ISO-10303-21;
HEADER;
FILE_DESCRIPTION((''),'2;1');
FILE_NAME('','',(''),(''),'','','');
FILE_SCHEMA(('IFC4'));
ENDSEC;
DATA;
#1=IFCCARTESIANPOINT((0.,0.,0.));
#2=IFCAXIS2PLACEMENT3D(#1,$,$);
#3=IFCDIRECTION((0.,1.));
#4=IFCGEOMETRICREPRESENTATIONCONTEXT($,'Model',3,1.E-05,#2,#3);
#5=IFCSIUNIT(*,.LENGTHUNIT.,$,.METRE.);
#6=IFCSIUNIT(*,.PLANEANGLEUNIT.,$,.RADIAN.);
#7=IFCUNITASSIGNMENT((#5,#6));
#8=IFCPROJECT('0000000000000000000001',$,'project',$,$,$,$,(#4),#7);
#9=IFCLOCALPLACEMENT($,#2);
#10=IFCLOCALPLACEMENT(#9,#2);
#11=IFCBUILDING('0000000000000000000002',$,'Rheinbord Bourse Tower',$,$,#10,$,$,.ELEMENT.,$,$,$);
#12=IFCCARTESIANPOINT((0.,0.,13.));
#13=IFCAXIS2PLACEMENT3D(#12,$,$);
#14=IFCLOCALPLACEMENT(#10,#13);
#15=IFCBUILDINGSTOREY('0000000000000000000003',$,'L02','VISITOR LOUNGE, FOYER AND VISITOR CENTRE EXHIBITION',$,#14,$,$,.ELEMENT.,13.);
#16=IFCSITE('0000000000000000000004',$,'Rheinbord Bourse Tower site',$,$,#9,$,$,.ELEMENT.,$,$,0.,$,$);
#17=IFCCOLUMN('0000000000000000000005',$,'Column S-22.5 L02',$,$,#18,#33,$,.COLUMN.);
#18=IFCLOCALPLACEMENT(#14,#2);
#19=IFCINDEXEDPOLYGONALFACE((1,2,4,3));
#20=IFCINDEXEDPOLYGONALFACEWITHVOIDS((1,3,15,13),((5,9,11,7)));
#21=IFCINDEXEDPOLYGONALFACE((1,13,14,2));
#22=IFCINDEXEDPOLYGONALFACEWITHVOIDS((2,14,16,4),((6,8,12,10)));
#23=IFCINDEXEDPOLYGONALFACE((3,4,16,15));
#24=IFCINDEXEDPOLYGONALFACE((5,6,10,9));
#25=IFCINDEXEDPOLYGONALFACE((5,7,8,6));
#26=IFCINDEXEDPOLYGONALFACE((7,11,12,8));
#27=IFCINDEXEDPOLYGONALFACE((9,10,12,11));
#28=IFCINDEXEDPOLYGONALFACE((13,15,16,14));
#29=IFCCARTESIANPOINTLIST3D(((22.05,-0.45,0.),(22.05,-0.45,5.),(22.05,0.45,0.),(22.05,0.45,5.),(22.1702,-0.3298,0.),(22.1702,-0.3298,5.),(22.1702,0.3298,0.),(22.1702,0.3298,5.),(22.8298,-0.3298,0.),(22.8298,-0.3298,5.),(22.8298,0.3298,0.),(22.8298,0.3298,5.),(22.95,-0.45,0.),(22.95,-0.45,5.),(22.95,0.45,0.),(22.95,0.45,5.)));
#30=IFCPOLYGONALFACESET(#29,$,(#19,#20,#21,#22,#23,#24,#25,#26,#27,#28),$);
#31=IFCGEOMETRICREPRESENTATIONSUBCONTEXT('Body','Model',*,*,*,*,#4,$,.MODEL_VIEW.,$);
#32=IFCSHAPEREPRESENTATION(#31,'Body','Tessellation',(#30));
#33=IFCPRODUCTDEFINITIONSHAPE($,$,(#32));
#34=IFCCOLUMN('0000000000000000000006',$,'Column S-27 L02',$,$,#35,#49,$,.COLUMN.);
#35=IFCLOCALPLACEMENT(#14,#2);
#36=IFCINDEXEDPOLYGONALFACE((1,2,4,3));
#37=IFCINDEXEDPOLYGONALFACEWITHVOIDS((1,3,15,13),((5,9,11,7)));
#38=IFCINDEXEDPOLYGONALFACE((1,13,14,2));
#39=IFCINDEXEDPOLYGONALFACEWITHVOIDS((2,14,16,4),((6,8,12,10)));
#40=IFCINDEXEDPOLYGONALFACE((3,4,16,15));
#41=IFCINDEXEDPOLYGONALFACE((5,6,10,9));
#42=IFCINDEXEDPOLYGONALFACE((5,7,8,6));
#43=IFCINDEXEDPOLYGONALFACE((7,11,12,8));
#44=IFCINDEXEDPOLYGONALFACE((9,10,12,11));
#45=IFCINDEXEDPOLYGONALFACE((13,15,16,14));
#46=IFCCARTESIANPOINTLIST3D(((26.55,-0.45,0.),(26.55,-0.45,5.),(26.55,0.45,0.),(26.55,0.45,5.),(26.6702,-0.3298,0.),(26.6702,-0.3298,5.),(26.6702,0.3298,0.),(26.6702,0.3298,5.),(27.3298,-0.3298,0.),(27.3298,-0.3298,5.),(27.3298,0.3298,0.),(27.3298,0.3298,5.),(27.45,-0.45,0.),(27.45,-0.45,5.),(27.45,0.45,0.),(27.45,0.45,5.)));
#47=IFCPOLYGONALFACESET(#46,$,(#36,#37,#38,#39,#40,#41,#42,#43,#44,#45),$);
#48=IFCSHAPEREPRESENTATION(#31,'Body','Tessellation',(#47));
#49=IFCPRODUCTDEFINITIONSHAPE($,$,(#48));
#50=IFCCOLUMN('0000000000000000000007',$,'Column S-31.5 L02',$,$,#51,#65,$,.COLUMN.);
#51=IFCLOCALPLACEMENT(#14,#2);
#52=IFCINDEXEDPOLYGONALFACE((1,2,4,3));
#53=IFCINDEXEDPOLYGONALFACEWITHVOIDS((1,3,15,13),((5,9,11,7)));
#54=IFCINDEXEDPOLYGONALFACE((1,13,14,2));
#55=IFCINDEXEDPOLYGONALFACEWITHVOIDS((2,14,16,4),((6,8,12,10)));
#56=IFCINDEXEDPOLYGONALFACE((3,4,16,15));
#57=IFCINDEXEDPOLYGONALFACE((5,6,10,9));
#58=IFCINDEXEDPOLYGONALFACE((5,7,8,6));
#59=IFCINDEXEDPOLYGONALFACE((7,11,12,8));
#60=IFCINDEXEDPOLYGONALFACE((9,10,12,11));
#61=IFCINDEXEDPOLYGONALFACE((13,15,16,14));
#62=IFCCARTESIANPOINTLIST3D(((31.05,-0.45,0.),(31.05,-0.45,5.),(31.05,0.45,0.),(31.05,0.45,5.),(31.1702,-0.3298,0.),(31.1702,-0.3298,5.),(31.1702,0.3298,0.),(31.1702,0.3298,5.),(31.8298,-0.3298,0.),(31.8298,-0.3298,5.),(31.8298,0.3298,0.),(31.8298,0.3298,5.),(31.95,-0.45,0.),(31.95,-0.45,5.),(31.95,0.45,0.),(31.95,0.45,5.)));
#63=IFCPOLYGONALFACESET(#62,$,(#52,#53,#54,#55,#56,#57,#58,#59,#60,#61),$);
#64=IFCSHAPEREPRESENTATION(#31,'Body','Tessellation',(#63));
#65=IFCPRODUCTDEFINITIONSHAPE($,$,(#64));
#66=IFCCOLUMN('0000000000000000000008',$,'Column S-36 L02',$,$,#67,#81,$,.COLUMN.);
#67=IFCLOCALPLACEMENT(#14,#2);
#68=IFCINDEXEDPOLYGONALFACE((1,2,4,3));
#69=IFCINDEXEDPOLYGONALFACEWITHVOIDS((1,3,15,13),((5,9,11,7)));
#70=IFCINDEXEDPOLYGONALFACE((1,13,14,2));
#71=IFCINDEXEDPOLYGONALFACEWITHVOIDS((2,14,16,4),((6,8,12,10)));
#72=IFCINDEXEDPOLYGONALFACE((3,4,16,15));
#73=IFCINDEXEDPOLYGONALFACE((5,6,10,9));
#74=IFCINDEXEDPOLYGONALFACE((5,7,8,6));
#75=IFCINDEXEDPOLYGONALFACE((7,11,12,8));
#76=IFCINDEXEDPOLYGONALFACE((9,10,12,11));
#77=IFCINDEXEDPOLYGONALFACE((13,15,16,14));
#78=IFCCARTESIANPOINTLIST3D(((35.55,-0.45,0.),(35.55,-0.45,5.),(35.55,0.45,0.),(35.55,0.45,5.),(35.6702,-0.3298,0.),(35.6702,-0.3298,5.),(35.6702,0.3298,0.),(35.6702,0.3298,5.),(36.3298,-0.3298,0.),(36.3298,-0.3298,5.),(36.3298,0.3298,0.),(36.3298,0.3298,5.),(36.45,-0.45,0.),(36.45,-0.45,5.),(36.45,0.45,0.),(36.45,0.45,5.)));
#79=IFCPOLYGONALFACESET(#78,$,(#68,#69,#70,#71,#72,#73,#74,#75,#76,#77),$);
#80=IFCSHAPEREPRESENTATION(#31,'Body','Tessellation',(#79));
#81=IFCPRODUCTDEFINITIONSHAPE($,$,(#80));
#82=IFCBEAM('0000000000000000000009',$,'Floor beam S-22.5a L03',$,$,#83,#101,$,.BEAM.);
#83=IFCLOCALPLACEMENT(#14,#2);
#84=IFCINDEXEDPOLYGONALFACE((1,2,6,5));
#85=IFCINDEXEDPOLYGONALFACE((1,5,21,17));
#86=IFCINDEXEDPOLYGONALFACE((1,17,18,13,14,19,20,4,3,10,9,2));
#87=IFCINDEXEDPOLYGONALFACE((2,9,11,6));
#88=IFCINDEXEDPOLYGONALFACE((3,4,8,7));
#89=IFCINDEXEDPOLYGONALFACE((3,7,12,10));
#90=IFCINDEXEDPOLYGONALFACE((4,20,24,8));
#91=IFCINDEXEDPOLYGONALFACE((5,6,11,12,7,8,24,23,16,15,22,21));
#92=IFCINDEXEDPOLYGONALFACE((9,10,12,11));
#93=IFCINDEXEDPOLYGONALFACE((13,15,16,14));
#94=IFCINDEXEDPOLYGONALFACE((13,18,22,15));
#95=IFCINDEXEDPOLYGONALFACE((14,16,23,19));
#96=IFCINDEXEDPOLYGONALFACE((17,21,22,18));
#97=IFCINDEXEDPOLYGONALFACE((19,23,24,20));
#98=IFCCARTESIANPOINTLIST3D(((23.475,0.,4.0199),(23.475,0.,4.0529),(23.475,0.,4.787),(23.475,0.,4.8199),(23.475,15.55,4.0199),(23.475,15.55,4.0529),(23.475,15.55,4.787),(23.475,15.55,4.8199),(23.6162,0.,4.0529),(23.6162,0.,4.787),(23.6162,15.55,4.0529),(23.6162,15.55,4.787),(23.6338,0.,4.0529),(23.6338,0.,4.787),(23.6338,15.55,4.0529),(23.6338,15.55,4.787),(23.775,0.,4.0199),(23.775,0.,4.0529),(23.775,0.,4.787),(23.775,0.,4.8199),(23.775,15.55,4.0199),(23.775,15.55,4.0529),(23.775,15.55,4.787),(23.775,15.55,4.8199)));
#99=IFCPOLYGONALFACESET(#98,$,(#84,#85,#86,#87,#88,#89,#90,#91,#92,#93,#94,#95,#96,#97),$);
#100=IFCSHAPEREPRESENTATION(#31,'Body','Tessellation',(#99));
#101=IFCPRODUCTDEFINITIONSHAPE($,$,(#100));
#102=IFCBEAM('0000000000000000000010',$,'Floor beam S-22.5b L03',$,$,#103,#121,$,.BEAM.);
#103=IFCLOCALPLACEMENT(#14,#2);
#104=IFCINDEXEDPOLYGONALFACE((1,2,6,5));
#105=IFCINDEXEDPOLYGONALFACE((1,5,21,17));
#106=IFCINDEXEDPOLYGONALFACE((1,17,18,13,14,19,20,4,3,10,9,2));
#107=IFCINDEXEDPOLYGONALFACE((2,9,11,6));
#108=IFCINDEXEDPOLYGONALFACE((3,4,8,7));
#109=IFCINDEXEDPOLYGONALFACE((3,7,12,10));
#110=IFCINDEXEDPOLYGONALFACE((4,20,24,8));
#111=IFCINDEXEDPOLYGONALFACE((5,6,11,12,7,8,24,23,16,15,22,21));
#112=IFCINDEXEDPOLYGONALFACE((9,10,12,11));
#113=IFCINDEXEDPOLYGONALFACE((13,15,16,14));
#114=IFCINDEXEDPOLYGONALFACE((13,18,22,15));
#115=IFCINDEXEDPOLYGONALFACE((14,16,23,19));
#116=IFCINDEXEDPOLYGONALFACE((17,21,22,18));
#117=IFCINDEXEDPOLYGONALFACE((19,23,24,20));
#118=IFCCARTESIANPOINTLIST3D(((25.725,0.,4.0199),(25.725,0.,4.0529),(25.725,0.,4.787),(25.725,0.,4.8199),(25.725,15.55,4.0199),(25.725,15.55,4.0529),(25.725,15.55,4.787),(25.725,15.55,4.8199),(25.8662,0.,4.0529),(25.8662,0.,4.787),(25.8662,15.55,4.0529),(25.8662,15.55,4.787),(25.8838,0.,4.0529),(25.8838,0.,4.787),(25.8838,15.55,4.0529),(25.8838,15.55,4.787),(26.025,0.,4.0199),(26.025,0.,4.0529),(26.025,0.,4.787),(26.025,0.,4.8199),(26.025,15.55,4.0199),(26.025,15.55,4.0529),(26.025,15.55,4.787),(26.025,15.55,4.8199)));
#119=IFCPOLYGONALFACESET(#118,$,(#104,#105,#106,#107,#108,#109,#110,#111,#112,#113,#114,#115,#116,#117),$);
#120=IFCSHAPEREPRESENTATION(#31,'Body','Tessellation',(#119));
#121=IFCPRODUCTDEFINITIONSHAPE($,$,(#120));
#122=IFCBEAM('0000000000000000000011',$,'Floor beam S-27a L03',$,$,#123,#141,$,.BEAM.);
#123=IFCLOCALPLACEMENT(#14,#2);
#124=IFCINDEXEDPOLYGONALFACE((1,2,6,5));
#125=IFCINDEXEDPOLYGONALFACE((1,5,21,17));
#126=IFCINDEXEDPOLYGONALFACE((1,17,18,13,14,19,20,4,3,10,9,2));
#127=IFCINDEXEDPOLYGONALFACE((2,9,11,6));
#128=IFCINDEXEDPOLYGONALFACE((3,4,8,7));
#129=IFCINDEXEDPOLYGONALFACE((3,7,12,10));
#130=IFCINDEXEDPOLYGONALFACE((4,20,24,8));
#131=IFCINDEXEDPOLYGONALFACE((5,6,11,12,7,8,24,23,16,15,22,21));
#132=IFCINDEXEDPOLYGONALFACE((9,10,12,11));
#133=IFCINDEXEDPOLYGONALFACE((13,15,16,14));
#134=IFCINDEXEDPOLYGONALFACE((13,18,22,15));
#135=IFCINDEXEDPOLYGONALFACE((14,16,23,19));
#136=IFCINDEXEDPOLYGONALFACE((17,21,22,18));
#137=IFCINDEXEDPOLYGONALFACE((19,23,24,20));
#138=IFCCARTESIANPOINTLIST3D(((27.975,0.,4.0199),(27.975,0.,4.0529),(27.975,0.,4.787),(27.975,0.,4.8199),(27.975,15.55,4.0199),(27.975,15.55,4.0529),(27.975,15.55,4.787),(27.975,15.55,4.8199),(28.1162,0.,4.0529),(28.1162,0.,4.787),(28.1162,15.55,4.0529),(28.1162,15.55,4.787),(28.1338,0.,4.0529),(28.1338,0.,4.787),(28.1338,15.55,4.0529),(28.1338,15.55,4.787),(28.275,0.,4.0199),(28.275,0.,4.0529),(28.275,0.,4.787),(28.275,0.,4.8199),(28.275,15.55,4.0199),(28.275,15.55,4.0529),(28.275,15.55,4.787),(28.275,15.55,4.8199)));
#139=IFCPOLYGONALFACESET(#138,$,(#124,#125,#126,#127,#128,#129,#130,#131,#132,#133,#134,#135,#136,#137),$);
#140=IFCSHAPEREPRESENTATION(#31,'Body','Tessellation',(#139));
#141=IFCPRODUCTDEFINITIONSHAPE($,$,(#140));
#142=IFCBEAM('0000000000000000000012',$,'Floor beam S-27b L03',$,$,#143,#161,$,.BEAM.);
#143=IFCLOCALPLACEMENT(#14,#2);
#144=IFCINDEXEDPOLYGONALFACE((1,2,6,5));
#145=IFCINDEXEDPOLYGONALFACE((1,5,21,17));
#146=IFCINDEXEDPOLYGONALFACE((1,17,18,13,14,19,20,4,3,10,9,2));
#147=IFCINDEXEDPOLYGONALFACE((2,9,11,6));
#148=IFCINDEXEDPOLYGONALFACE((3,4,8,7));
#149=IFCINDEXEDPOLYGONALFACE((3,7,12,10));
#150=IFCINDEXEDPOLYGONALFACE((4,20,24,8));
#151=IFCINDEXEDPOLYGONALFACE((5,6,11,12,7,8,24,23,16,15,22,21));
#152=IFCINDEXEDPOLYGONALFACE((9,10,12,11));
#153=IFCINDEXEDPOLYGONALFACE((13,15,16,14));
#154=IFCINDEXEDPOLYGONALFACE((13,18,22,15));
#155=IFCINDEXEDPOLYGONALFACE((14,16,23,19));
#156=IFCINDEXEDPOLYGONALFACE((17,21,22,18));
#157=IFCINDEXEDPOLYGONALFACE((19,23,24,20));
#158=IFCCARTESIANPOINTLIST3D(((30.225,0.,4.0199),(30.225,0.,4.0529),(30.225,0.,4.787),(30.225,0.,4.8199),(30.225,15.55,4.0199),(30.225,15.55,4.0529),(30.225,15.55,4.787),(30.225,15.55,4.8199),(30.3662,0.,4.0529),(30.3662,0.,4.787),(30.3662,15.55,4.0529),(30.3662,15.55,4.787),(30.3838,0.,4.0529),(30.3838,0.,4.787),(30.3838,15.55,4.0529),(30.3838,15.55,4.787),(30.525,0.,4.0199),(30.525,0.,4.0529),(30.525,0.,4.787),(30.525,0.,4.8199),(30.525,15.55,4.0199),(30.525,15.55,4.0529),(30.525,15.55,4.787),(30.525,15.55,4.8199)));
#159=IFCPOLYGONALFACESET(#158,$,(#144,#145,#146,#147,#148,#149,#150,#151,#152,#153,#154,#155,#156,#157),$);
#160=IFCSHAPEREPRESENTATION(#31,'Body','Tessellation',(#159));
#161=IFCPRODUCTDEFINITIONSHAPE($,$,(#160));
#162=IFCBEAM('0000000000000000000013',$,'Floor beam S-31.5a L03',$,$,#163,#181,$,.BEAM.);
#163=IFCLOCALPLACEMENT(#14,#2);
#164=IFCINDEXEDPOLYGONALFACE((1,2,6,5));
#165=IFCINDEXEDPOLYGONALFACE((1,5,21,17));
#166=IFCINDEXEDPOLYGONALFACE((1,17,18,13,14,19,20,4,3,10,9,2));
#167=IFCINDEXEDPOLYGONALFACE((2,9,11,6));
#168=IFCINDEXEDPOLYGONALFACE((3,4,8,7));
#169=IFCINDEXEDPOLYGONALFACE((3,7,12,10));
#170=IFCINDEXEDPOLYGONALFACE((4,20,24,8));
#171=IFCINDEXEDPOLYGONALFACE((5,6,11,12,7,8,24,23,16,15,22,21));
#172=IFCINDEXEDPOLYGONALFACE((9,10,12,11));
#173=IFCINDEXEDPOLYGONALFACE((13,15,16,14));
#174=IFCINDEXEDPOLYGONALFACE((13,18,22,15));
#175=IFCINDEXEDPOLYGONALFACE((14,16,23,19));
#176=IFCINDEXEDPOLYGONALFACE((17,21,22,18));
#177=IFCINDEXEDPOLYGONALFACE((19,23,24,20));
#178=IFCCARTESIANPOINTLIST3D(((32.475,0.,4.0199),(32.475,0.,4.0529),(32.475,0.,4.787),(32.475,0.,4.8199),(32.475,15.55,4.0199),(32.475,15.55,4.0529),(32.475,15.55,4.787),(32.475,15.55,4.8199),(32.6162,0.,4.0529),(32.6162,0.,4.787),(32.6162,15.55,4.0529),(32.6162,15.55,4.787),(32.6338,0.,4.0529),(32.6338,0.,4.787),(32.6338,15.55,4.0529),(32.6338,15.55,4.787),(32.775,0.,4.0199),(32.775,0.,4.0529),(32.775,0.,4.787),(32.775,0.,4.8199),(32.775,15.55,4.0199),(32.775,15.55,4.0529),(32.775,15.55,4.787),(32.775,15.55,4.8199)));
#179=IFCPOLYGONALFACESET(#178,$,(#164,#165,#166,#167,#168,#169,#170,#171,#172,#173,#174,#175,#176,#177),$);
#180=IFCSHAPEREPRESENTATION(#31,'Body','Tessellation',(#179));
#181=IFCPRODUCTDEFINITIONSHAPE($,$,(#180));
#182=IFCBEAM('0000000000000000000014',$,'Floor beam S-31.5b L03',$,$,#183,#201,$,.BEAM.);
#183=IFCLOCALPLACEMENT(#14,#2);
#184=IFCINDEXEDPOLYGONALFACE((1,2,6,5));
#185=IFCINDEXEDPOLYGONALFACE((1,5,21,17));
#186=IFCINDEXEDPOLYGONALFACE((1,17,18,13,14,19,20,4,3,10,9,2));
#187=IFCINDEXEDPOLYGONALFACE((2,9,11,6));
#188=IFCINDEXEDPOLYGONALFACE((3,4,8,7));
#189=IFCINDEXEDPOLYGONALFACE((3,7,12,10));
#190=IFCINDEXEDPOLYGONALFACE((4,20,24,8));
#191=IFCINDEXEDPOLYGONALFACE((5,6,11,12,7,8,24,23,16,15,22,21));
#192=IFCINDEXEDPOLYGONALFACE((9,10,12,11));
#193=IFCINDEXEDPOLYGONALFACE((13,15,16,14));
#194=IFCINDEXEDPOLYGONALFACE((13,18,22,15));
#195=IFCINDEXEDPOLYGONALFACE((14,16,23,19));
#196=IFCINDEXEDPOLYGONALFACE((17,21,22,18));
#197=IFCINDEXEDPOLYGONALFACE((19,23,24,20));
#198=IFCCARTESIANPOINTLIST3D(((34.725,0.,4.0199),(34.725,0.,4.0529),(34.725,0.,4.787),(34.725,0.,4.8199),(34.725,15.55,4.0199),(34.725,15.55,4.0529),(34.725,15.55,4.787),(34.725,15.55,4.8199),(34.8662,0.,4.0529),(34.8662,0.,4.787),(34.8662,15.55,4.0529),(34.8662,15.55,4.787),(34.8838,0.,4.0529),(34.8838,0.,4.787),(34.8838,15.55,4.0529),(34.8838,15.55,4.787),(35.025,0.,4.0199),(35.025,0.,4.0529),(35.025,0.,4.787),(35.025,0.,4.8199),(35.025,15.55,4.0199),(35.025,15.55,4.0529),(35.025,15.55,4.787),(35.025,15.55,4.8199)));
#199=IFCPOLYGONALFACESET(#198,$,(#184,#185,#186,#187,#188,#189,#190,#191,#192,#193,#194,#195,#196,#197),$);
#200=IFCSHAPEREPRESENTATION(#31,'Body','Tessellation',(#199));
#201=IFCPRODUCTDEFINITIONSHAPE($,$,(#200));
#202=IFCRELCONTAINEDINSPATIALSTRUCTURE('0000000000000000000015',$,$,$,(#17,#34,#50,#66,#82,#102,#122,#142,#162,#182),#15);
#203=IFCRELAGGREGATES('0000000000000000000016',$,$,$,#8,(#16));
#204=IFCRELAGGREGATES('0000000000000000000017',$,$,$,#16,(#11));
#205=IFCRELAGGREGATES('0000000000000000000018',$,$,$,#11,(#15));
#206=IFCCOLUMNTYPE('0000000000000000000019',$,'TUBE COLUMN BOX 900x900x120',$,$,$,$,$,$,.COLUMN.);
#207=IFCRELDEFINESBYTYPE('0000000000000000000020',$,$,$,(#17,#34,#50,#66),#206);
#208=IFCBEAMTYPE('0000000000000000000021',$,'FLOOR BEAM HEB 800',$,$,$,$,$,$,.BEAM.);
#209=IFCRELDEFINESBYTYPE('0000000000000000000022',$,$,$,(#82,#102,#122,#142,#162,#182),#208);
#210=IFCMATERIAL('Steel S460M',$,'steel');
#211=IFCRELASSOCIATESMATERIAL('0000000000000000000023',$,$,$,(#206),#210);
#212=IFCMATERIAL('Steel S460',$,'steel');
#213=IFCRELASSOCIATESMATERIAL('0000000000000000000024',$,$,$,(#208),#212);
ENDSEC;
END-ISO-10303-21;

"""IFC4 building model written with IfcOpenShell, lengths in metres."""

from ifc_helpers import new_model, si_unit, direction, frame, origin, origin_2d, place, context, subcontext, project, spatial, hollow_rectangle, i_section, extrude, material, material_profile, profile_set, type_object, element, save


model = new_model("IFC4")

# Units and contexts
model_context = context("Model", 3, precision=1e-05, world=origin(), true_north=direction((0.0, 1.0)))
body_context = subcontext(model_context, "Body", "Model", "MODEL_VIEW")
ifc_project = project(units=[si_unit("LENGTHUNIT", "METRE"), si_unit("PLANEANGLEUNIT", "RADIAN")], contexts=[model_context])

# Site, building, storey
site_placement = place(None, origin())
site = spatial("IfcSite", under=ifc_project, at=site_placement, Name="Rheinbord Bourse Tower site", CompositionType="ELEMENT", RefElevation=0.0)
building_placement = place(site_placement, origin())
building = spatial("IfcBuilding", under=site, at=building_placement, Name="Rheinbord Bourse Tower", CompositionType="ELEMENT")
storey_placement = place(building_placement, frame((0.0, 0.0, 13.0)))
storey = spatial("IfcBuildingStorey", under=building, at=storey_placement, Name="L02", Description="VISITOR LOUNGE, FOYER AND VISITOR CENTRE EXHIBITION", CompositionType="ELEMENT", Elevation=13.0)

# Columns
ifc_material_1 = material(Name="Steel S460M", Category="steel")
ifc_material_profile_1 = material_profile(ifc_material_1, hollow_rectangle(XDim=0.8999, YDim=0.8999, WallThickness=0.1201, at=origin_2d()), Name="BOX 900x900x120")
ifc_profile_set_1 = profile_set([ifc_material_profile_1], Name="Steel S460M")
column_type = type_object("IfcColumnType", Name="TUBE COLUMN BOX 900x900x120", PredefinedType="COLUMN", material=ifc_profile_set_1)
for number, where, z_axis, x_axis, name in (
    (1, (22.5, 0.0, 0.0), (0.0, 0.0, 1.0), (0.0, 1.0, 0.0), "Column S-22.5 L02"),
    (2, (27.0, 0.0, 0.0), (0.0, 0.0, 1.0), (0.0, 1.0, 0.0), "Column S-27 L02"),
    (3, (31.5, 0.0, 0.0), (0.0, 0.0, 1.0), (0.0, 1.0, 0.0), "Column S-31.5 L02"),
    (4, (36.0, 0.0, 0.0), (0.0, 0.0, 1.0), (0.0, 1.0, 0.0), "Column S-36 L02"),
):
    element("IfcColumn", number, at=place(storey_placement, frame(where, z_axis=z_axis, x_axis=x_axis)), inside=storey, type_object=column_type, Name=name, PredefinedType="COLUMN", context=body_context, shape_type="SweptSolid", body=[
        extrude(hollow_rectangle(XDim=0.8999, YDim=0.8999, WallThickness=0.1201, at=origin_2d()), origin(), (0.0, 0.0, 1.0), 5.0),
    ])

# Beams
ifc_material_2 = material(Name="Steel S460", Category="steel")
ifc_material_profile_2 = material_profile(ifc_material_2, i_section(OverallWidth=0.3, OverallDepth=0.8, WebThickness=0.0176, FlangeThickness=0.033, at=origin_2d()), Name="HEB 800")
ifc_profile_set_2 = profile_set([ifc_material_profile_2], Name="Steel S460")
beam_type_1 = type_object("IfcBeamType", Name="FLOOR BEAM HEB 800", PredefinedType="BEAM", material=ifc_profile_set_2)
for number, where, z_axis, x_axis, name in (
    (5, (23.625, 0.0, 4.4199), (0.0, 1.0, 0.0), (-1.0, 0.0, 0.0), "Floor beam S-22.5a L03"),
    (6, (25.875, 0.0, 4.4199), (0.0, 1.0, 0.0), (-1.0, 0.0, 0.0), "Floor beam S-22.5b L03"),
    (7, (28.125, 0.0, 4.4199), (0.0, 1.0, 0.0), (-1.0, 0.0, 0.0), "Floor beam S-27a L03"),
    (8, (30.375, 0.0, 4.4199), (0.0, 1.0, 0.0), (-1.0, 0.0, 0.0), "Floor beam S-27b L03"),
    (9, (32.625, 0.0, 4.4199), (0.0, 1.0, 0.0), (-1.0, 0.0, 0.0), "Floor beam S-31.5a L03"),
    (10, (34.875, 0.0, 4.4199), (0.0, 1.0, 0.0), (-1.0, 0.0, 0.0), "Floor beam S-31.5b L03"),
):
    element("IfcBeam", number, at=place(storey_placement, frame(where, z_axis=z_axis, x_axis=x_axis)), inside=storey, type_object=beam_type_1, Name=name, PredefinedType="BEAM", context=body_context, shape_type="SweptSolid", body=[
        extrude(i_section(OverallWidth=0.3, OverallDepth=0.8, WebThickness=0.0176, FlangeThickness=0.033, at=origin_2d()), origin(), (0.0, 0.0, 1.0), 15.55),
    ])

save(model, "model.ifc")
